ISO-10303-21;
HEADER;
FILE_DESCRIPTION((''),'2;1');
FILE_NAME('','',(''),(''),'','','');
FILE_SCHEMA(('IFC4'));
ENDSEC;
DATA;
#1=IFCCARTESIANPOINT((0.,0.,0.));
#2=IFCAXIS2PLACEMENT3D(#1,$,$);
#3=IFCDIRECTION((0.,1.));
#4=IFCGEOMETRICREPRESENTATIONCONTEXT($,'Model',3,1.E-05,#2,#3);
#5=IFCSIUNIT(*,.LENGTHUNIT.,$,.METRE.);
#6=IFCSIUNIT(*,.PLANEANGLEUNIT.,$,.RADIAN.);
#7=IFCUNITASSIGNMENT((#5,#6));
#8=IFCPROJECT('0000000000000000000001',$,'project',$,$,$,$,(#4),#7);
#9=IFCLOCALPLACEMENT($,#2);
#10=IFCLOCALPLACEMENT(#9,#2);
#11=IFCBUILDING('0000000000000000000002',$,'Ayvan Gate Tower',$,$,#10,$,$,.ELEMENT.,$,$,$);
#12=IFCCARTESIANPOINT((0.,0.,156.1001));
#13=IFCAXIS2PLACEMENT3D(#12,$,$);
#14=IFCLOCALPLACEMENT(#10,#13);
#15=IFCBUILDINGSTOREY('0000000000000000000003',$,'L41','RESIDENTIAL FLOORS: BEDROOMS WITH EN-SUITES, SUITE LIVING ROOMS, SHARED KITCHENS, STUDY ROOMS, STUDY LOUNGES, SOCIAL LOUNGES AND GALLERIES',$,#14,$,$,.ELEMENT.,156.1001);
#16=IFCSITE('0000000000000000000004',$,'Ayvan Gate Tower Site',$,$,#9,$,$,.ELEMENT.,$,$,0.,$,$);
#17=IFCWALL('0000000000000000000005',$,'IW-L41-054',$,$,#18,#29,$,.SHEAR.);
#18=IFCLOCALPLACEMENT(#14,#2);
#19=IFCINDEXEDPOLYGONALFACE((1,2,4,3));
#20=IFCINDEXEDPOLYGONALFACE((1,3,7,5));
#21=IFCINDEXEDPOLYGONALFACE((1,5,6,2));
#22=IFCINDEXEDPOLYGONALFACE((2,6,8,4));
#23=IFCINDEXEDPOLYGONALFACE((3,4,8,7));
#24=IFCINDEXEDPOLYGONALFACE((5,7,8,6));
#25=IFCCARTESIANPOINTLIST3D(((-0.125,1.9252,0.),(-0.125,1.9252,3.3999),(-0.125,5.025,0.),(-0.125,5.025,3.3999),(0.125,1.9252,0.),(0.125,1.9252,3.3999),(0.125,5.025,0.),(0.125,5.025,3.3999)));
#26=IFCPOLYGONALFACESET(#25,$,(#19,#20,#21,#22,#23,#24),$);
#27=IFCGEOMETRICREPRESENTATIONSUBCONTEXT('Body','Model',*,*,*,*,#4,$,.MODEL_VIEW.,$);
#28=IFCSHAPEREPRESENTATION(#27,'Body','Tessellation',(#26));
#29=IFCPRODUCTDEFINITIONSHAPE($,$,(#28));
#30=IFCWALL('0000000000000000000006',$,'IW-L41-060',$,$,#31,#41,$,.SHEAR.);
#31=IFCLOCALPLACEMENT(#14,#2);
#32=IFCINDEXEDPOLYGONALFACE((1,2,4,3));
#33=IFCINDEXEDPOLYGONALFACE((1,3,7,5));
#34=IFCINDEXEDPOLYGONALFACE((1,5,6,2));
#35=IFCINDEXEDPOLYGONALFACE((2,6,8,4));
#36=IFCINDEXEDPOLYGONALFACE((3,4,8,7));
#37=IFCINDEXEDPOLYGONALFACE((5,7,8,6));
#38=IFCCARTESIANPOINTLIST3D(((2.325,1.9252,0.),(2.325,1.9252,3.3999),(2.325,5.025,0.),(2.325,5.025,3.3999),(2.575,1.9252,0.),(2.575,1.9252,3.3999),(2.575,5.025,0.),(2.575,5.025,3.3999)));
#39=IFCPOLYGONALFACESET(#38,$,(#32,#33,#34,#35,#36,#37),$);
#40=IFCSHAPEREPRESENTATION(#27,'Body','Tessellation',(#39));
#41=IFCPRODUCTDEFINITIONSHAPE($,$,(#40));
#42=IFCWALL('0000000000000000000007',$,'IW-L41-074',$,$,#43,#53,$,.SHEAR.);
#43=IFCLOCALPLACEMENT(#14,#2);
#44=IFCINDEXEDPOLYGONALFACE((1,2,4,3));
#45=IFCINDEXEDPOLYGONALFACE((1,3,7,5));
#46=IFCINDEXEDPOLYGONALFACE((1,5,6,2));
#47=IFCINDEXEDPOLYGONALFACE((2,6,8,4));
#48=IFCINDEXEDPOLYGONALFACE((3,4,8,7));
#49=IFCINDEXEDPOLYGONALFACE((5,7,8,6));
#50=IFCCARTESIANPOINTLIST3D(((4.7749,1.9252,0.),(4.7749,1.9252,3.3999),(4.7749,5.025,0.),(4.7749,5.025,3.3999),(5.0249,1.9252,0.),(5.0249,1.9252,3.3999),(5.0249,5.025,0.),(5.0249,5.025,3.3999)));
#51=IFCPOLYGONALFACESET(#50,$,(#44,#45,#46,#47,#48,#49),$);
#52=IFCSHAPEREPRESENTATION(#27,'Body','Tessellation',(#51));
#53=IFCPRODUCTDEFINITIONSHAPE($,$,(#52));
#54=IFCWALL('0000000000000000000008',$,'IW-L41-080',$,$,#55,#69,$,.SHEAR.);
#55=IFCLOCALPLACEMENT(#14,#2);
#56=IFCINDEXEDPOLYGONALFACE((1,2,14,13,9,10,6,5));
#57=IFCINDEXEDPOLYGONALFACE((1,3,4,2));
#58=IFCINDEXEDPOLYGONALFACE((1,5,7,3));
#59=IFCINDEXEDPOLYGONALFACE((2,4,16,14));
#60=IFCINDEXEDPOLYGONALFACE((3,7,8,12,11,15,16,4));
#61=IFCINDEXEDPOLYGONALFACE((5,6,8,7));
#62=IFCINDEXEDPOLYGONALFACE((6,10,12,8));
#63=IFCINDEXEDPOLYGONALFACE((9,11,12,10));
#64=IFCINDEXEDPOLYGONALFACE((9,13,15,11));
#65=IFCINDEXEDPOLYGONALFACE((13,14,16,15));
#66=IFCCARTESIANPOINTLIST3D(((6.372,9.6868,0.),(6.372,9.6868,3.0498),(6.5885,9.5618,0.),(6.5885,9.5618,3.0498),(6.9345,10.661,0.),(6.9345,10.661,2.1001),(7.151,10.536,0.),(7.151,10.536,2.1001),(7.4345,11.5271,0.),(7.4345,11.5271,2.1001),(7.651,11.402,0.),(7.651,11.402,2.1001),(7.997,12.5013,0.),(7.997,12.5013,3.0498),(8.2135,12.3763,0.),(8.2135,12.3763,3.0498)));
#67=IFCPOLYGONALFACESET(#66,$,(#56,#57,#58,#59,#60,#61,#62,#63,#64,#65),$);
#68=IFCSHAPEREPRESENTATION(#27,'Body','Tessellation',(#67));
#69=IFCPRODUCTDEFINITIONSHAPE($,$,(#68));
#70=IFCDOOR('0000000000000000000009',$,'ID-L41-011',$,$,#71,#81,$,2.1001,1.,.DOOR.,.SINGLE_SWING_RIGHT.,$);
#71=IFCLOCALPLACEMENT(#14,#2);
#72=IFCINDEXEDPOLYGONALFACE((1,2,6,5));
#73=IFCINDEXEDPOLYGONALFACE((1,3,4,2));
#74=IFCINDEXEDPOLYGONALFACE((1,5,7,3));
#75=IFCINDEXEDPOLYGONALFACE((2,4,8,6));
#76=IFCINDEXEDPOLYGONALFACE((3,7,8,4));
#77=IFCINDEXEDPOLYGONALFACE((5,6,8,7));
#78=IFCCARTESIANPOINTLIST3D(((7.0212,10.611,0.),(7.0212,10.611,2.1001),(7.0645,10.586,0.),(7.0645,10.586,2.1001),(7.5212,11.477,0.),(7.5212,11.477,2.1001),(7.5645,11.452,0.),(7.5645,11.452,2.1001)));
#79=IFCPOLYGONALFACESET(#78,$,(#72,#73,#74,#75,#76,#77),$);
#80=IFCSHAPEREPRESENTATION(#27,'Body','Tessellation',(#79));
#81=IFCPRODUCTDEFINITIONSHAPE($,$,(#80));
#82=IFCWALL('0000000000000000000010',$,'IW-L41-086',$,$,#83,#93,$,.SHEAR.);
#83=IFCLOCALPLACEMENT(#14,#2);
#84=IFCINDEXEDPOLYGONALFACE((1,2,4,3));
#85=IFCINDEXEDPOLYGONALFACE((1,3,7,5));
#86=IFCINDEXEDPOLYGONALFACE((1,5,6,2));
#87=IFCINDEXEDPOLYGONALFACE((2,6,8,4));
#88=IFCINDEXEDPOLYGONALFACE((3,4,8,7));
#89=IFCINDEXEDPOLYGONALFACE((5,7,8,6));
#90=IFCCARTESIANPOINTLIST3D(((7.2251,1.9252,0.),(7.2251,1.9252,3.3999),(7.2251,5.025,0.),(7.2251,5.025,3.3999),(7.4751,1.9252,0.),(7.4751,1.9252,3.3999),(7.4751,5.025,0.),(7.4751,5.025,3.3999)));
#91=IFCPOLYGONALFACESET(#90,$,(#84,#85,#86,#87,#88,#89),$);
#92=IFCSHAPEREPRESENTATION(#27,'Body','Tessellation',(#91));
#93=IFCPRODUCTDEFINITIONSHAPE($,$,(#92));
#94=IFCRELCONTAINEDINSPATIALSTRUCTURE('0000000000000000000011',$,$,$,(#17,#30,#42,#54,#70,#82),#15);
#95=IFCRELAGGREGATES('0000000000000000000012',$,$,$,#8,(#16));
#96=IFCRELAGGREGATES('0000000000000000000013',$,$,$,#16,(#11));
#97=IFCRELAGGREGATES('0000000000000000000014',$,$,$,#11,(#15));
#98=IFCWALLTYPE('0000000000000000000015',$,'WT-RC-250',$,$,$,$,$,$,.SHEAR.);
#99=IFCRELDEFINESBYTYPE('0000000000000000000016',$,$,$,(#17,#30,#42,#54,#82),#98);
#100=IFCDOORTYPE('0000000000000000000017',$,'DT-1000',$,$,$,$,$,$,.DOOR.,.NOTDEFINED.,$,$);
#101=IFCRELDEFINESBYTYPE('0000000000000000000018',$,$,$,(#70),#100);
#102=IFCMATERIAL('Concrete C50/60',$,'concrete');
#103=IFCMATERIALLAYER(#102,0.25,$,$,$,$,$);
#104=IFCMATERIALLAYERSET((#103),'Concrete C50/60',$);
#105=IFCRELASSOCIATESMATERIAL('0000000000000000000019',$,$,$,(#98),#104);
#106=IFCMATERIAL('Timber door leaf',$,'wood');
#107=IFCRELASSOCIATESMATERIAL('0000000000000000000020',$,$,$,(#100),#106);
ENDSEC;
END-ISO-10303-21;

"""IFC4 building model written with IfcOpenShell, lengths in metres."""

from ifc_helpers import new_model, si_unit, direction, frame, frame_2d, origin, place, context, subcontext, project, spatial, rectangle, extrude, material, layer, layer_set, type_object, element, fill, save


model = new_model("IFC4")

# Units and contexts
model_context = context("Model", 3, precision=1e-05, world=origin(), true_north=direction((0.0, 1.0)))
body_context = subcontext(model_context, "Body", "Model", "MODEL_VIEW")
ifc_project = project(units=[si_unit("LENGTHUNIT", "METRE"), si_unit("PLANEANGLEUNIT", "RADIAN")], contexts=[model_context])

# Site, building, storey
site_placement = place(None, origin())
site = spatial("IfcSite", under=ifc_project, at=site_placement, Name="Ayvan Gate Tower Site", CompositionType="ELEMENT", RefElevation=0.0)
building_placement = place(site_placement, origin())
building = spatial("IfcBuilding", under=site, at=building_placement, Name="Ayvan Gate Tower", CompositionType="ELEMENT")
storey_placement = place(building_placement, frame((0.0, 0.0, 156.1001)))
storey = spatial("IfcBuildingStorey", under=building, at=storey_placement, Name="L41", Description="RESIDENTIAL FLOORS: BEDROOMS WITH EN-SUITES, SUITE LIVING ROOMS, SHARED KITCHENS, STUDY ROOMS, STUDY LOUNGES, SOCIAL LOUNGES AND GALLERIES", CompositionType="ELEMENT", Elevation=156.1001)

# Shared definitions
ifc_material_1 = material(Name="Timber door leaf", Category="wood")

# Walls
ifc_material_2 = material(Name="Concrete C50/60", Category="concrete")
ifc_layer_1 = layer(ifc_material_2, 0.25)
ifc_layer_set_1 = layer_set([ifc_layer_1], Name="Concrete C50/60")
wall_type_1 = type_object("IfcWallType", Name="WT-RC-250", PredefinedType="SHEAR", material=ifc_layer_set_1)
for number, where, z_axis, x_axis, name in (
    (1, (0.0, 5.0249, 0.0), (0.0, 0.0, 1.0), (0.0, -1.0, 0.0), "IW-L41-054"),
    (2, (2.45, 5.0249, 0.0), (0.0, 0.0, 1.0), (0.0, -1.0, 0.0), "IW-L41-060"),
    (3, (4.8999, 5.0249, 0.0), (0.0, 0.0, 1.0), (0.0, -1.0, 0.0), "IW-L41-074"),
):
    element("IfcWall", number, at=place(storey_placement, frame(where, z_axis=z_axis, x_axis=x_axis)), inside=storey, type_object=wall_type_1, Name=name, PredefinedType="SHEAR", context=body_context, shape_type="SweptSolid", body=[
        extrude(rectangle(XDim=3.0999, YDim=0.25, at=frame_2d((1.5498, 0.0))), origin(), (0.0, 0.0, 1.0), 3.3999),
    ])

# Wall, opening, door
wall_1_placement = place(storey_placement, frame((6.4802, 9.6243, 0.0), z_axis=(0.0, 0.0, 1.0), x_axis=(0.500017, 0.866015, 0.0)))
wall_1 = element("IfcWall", 4, at=wall_1_placement, inside=storey, type_object=wall_type_1, Name="IW-L41-080", PredefinedType="SHEAR", context=body_context, shape_type="SweptSolid", body=[
    extrude(rectangle(XDim=3.25, YDim=0.25, at=frame_2d((1.625, 0.0))), origin(), (0.0, 0.0, 1.0), 3.0498),
])
opening_1_placement = place(wall_1_placement, frame((1.125, 0.0, 0.0)))
opening_1 = element("IfcOpeningElement", 5, at=opening_1_placement, cuts=wall_1, PredefinedType="OPENING", context=body_context, shape_type="SweptSolid", body=[
    extrude(rectangle(XDim=1.0, YDim=2.1001, at=frame_2d((0.5, 1.05))), frame((0.0, 0.135, 0.0), z_axis=(0.0, -1.0, 0.0), x_axis=(1.0, 0.0, 0.0)), (0.0, 0.0, 1.0), 0.27),
])
door_type_1 = type_object("IfcDoorType", Name="DT-1000", OperationType="NOTDEFINED", PredefinedType="DOOR", material=ifc_material_1)
door_1_placement = place(opening_1_placement, origin())
door_1 = element("IfcDoor", 6, at=door_1_placement, inside=storey, type_object=door_type_1, Name="ID-L41-011", OperationType="SINGLE_SWING_RIGHT", OverallHeight=2.1001, OverallWidth=1.0, PredefinedType="DOOR", context=body_context, shape_type="SweptSolid", body=[
    extrude(rectangle(XDim=1.0, YDim=2.1001, at=frame_2d((0.5, 1.05))), frame((0.0, 0.0249, 0.0), z_axis=(0.0, -1.0, 0.0), x_axis=(1.0, 0.0, 0.0)), (0.0, 0.0, 1.0), 0.05),
])
fill(opening_1, door_1)

# Wall
wall_2_placement = place(storey_placement, frame((7.3501, 5.0249, 0.0), z_axis=(0.0, 0.0, 1.0), x_axis=(0.0, -1.0, 0.0)))
element("IfcWall", 7, at=wall_2_placement, inside=storey, type_object=wall_type_1, Name="IW-L41-086", PredefinedType="SHEAR", context=body_context, shape_type="SweptSolid", body=[
    extrude(rectangle(XDim=3.0999, YDim=0.25, at=frame_2d((1.5498, 0.0))), origin(), (0.0, 0.0, 1.0), 3.3999),
])

save(model, "model.ifc")
